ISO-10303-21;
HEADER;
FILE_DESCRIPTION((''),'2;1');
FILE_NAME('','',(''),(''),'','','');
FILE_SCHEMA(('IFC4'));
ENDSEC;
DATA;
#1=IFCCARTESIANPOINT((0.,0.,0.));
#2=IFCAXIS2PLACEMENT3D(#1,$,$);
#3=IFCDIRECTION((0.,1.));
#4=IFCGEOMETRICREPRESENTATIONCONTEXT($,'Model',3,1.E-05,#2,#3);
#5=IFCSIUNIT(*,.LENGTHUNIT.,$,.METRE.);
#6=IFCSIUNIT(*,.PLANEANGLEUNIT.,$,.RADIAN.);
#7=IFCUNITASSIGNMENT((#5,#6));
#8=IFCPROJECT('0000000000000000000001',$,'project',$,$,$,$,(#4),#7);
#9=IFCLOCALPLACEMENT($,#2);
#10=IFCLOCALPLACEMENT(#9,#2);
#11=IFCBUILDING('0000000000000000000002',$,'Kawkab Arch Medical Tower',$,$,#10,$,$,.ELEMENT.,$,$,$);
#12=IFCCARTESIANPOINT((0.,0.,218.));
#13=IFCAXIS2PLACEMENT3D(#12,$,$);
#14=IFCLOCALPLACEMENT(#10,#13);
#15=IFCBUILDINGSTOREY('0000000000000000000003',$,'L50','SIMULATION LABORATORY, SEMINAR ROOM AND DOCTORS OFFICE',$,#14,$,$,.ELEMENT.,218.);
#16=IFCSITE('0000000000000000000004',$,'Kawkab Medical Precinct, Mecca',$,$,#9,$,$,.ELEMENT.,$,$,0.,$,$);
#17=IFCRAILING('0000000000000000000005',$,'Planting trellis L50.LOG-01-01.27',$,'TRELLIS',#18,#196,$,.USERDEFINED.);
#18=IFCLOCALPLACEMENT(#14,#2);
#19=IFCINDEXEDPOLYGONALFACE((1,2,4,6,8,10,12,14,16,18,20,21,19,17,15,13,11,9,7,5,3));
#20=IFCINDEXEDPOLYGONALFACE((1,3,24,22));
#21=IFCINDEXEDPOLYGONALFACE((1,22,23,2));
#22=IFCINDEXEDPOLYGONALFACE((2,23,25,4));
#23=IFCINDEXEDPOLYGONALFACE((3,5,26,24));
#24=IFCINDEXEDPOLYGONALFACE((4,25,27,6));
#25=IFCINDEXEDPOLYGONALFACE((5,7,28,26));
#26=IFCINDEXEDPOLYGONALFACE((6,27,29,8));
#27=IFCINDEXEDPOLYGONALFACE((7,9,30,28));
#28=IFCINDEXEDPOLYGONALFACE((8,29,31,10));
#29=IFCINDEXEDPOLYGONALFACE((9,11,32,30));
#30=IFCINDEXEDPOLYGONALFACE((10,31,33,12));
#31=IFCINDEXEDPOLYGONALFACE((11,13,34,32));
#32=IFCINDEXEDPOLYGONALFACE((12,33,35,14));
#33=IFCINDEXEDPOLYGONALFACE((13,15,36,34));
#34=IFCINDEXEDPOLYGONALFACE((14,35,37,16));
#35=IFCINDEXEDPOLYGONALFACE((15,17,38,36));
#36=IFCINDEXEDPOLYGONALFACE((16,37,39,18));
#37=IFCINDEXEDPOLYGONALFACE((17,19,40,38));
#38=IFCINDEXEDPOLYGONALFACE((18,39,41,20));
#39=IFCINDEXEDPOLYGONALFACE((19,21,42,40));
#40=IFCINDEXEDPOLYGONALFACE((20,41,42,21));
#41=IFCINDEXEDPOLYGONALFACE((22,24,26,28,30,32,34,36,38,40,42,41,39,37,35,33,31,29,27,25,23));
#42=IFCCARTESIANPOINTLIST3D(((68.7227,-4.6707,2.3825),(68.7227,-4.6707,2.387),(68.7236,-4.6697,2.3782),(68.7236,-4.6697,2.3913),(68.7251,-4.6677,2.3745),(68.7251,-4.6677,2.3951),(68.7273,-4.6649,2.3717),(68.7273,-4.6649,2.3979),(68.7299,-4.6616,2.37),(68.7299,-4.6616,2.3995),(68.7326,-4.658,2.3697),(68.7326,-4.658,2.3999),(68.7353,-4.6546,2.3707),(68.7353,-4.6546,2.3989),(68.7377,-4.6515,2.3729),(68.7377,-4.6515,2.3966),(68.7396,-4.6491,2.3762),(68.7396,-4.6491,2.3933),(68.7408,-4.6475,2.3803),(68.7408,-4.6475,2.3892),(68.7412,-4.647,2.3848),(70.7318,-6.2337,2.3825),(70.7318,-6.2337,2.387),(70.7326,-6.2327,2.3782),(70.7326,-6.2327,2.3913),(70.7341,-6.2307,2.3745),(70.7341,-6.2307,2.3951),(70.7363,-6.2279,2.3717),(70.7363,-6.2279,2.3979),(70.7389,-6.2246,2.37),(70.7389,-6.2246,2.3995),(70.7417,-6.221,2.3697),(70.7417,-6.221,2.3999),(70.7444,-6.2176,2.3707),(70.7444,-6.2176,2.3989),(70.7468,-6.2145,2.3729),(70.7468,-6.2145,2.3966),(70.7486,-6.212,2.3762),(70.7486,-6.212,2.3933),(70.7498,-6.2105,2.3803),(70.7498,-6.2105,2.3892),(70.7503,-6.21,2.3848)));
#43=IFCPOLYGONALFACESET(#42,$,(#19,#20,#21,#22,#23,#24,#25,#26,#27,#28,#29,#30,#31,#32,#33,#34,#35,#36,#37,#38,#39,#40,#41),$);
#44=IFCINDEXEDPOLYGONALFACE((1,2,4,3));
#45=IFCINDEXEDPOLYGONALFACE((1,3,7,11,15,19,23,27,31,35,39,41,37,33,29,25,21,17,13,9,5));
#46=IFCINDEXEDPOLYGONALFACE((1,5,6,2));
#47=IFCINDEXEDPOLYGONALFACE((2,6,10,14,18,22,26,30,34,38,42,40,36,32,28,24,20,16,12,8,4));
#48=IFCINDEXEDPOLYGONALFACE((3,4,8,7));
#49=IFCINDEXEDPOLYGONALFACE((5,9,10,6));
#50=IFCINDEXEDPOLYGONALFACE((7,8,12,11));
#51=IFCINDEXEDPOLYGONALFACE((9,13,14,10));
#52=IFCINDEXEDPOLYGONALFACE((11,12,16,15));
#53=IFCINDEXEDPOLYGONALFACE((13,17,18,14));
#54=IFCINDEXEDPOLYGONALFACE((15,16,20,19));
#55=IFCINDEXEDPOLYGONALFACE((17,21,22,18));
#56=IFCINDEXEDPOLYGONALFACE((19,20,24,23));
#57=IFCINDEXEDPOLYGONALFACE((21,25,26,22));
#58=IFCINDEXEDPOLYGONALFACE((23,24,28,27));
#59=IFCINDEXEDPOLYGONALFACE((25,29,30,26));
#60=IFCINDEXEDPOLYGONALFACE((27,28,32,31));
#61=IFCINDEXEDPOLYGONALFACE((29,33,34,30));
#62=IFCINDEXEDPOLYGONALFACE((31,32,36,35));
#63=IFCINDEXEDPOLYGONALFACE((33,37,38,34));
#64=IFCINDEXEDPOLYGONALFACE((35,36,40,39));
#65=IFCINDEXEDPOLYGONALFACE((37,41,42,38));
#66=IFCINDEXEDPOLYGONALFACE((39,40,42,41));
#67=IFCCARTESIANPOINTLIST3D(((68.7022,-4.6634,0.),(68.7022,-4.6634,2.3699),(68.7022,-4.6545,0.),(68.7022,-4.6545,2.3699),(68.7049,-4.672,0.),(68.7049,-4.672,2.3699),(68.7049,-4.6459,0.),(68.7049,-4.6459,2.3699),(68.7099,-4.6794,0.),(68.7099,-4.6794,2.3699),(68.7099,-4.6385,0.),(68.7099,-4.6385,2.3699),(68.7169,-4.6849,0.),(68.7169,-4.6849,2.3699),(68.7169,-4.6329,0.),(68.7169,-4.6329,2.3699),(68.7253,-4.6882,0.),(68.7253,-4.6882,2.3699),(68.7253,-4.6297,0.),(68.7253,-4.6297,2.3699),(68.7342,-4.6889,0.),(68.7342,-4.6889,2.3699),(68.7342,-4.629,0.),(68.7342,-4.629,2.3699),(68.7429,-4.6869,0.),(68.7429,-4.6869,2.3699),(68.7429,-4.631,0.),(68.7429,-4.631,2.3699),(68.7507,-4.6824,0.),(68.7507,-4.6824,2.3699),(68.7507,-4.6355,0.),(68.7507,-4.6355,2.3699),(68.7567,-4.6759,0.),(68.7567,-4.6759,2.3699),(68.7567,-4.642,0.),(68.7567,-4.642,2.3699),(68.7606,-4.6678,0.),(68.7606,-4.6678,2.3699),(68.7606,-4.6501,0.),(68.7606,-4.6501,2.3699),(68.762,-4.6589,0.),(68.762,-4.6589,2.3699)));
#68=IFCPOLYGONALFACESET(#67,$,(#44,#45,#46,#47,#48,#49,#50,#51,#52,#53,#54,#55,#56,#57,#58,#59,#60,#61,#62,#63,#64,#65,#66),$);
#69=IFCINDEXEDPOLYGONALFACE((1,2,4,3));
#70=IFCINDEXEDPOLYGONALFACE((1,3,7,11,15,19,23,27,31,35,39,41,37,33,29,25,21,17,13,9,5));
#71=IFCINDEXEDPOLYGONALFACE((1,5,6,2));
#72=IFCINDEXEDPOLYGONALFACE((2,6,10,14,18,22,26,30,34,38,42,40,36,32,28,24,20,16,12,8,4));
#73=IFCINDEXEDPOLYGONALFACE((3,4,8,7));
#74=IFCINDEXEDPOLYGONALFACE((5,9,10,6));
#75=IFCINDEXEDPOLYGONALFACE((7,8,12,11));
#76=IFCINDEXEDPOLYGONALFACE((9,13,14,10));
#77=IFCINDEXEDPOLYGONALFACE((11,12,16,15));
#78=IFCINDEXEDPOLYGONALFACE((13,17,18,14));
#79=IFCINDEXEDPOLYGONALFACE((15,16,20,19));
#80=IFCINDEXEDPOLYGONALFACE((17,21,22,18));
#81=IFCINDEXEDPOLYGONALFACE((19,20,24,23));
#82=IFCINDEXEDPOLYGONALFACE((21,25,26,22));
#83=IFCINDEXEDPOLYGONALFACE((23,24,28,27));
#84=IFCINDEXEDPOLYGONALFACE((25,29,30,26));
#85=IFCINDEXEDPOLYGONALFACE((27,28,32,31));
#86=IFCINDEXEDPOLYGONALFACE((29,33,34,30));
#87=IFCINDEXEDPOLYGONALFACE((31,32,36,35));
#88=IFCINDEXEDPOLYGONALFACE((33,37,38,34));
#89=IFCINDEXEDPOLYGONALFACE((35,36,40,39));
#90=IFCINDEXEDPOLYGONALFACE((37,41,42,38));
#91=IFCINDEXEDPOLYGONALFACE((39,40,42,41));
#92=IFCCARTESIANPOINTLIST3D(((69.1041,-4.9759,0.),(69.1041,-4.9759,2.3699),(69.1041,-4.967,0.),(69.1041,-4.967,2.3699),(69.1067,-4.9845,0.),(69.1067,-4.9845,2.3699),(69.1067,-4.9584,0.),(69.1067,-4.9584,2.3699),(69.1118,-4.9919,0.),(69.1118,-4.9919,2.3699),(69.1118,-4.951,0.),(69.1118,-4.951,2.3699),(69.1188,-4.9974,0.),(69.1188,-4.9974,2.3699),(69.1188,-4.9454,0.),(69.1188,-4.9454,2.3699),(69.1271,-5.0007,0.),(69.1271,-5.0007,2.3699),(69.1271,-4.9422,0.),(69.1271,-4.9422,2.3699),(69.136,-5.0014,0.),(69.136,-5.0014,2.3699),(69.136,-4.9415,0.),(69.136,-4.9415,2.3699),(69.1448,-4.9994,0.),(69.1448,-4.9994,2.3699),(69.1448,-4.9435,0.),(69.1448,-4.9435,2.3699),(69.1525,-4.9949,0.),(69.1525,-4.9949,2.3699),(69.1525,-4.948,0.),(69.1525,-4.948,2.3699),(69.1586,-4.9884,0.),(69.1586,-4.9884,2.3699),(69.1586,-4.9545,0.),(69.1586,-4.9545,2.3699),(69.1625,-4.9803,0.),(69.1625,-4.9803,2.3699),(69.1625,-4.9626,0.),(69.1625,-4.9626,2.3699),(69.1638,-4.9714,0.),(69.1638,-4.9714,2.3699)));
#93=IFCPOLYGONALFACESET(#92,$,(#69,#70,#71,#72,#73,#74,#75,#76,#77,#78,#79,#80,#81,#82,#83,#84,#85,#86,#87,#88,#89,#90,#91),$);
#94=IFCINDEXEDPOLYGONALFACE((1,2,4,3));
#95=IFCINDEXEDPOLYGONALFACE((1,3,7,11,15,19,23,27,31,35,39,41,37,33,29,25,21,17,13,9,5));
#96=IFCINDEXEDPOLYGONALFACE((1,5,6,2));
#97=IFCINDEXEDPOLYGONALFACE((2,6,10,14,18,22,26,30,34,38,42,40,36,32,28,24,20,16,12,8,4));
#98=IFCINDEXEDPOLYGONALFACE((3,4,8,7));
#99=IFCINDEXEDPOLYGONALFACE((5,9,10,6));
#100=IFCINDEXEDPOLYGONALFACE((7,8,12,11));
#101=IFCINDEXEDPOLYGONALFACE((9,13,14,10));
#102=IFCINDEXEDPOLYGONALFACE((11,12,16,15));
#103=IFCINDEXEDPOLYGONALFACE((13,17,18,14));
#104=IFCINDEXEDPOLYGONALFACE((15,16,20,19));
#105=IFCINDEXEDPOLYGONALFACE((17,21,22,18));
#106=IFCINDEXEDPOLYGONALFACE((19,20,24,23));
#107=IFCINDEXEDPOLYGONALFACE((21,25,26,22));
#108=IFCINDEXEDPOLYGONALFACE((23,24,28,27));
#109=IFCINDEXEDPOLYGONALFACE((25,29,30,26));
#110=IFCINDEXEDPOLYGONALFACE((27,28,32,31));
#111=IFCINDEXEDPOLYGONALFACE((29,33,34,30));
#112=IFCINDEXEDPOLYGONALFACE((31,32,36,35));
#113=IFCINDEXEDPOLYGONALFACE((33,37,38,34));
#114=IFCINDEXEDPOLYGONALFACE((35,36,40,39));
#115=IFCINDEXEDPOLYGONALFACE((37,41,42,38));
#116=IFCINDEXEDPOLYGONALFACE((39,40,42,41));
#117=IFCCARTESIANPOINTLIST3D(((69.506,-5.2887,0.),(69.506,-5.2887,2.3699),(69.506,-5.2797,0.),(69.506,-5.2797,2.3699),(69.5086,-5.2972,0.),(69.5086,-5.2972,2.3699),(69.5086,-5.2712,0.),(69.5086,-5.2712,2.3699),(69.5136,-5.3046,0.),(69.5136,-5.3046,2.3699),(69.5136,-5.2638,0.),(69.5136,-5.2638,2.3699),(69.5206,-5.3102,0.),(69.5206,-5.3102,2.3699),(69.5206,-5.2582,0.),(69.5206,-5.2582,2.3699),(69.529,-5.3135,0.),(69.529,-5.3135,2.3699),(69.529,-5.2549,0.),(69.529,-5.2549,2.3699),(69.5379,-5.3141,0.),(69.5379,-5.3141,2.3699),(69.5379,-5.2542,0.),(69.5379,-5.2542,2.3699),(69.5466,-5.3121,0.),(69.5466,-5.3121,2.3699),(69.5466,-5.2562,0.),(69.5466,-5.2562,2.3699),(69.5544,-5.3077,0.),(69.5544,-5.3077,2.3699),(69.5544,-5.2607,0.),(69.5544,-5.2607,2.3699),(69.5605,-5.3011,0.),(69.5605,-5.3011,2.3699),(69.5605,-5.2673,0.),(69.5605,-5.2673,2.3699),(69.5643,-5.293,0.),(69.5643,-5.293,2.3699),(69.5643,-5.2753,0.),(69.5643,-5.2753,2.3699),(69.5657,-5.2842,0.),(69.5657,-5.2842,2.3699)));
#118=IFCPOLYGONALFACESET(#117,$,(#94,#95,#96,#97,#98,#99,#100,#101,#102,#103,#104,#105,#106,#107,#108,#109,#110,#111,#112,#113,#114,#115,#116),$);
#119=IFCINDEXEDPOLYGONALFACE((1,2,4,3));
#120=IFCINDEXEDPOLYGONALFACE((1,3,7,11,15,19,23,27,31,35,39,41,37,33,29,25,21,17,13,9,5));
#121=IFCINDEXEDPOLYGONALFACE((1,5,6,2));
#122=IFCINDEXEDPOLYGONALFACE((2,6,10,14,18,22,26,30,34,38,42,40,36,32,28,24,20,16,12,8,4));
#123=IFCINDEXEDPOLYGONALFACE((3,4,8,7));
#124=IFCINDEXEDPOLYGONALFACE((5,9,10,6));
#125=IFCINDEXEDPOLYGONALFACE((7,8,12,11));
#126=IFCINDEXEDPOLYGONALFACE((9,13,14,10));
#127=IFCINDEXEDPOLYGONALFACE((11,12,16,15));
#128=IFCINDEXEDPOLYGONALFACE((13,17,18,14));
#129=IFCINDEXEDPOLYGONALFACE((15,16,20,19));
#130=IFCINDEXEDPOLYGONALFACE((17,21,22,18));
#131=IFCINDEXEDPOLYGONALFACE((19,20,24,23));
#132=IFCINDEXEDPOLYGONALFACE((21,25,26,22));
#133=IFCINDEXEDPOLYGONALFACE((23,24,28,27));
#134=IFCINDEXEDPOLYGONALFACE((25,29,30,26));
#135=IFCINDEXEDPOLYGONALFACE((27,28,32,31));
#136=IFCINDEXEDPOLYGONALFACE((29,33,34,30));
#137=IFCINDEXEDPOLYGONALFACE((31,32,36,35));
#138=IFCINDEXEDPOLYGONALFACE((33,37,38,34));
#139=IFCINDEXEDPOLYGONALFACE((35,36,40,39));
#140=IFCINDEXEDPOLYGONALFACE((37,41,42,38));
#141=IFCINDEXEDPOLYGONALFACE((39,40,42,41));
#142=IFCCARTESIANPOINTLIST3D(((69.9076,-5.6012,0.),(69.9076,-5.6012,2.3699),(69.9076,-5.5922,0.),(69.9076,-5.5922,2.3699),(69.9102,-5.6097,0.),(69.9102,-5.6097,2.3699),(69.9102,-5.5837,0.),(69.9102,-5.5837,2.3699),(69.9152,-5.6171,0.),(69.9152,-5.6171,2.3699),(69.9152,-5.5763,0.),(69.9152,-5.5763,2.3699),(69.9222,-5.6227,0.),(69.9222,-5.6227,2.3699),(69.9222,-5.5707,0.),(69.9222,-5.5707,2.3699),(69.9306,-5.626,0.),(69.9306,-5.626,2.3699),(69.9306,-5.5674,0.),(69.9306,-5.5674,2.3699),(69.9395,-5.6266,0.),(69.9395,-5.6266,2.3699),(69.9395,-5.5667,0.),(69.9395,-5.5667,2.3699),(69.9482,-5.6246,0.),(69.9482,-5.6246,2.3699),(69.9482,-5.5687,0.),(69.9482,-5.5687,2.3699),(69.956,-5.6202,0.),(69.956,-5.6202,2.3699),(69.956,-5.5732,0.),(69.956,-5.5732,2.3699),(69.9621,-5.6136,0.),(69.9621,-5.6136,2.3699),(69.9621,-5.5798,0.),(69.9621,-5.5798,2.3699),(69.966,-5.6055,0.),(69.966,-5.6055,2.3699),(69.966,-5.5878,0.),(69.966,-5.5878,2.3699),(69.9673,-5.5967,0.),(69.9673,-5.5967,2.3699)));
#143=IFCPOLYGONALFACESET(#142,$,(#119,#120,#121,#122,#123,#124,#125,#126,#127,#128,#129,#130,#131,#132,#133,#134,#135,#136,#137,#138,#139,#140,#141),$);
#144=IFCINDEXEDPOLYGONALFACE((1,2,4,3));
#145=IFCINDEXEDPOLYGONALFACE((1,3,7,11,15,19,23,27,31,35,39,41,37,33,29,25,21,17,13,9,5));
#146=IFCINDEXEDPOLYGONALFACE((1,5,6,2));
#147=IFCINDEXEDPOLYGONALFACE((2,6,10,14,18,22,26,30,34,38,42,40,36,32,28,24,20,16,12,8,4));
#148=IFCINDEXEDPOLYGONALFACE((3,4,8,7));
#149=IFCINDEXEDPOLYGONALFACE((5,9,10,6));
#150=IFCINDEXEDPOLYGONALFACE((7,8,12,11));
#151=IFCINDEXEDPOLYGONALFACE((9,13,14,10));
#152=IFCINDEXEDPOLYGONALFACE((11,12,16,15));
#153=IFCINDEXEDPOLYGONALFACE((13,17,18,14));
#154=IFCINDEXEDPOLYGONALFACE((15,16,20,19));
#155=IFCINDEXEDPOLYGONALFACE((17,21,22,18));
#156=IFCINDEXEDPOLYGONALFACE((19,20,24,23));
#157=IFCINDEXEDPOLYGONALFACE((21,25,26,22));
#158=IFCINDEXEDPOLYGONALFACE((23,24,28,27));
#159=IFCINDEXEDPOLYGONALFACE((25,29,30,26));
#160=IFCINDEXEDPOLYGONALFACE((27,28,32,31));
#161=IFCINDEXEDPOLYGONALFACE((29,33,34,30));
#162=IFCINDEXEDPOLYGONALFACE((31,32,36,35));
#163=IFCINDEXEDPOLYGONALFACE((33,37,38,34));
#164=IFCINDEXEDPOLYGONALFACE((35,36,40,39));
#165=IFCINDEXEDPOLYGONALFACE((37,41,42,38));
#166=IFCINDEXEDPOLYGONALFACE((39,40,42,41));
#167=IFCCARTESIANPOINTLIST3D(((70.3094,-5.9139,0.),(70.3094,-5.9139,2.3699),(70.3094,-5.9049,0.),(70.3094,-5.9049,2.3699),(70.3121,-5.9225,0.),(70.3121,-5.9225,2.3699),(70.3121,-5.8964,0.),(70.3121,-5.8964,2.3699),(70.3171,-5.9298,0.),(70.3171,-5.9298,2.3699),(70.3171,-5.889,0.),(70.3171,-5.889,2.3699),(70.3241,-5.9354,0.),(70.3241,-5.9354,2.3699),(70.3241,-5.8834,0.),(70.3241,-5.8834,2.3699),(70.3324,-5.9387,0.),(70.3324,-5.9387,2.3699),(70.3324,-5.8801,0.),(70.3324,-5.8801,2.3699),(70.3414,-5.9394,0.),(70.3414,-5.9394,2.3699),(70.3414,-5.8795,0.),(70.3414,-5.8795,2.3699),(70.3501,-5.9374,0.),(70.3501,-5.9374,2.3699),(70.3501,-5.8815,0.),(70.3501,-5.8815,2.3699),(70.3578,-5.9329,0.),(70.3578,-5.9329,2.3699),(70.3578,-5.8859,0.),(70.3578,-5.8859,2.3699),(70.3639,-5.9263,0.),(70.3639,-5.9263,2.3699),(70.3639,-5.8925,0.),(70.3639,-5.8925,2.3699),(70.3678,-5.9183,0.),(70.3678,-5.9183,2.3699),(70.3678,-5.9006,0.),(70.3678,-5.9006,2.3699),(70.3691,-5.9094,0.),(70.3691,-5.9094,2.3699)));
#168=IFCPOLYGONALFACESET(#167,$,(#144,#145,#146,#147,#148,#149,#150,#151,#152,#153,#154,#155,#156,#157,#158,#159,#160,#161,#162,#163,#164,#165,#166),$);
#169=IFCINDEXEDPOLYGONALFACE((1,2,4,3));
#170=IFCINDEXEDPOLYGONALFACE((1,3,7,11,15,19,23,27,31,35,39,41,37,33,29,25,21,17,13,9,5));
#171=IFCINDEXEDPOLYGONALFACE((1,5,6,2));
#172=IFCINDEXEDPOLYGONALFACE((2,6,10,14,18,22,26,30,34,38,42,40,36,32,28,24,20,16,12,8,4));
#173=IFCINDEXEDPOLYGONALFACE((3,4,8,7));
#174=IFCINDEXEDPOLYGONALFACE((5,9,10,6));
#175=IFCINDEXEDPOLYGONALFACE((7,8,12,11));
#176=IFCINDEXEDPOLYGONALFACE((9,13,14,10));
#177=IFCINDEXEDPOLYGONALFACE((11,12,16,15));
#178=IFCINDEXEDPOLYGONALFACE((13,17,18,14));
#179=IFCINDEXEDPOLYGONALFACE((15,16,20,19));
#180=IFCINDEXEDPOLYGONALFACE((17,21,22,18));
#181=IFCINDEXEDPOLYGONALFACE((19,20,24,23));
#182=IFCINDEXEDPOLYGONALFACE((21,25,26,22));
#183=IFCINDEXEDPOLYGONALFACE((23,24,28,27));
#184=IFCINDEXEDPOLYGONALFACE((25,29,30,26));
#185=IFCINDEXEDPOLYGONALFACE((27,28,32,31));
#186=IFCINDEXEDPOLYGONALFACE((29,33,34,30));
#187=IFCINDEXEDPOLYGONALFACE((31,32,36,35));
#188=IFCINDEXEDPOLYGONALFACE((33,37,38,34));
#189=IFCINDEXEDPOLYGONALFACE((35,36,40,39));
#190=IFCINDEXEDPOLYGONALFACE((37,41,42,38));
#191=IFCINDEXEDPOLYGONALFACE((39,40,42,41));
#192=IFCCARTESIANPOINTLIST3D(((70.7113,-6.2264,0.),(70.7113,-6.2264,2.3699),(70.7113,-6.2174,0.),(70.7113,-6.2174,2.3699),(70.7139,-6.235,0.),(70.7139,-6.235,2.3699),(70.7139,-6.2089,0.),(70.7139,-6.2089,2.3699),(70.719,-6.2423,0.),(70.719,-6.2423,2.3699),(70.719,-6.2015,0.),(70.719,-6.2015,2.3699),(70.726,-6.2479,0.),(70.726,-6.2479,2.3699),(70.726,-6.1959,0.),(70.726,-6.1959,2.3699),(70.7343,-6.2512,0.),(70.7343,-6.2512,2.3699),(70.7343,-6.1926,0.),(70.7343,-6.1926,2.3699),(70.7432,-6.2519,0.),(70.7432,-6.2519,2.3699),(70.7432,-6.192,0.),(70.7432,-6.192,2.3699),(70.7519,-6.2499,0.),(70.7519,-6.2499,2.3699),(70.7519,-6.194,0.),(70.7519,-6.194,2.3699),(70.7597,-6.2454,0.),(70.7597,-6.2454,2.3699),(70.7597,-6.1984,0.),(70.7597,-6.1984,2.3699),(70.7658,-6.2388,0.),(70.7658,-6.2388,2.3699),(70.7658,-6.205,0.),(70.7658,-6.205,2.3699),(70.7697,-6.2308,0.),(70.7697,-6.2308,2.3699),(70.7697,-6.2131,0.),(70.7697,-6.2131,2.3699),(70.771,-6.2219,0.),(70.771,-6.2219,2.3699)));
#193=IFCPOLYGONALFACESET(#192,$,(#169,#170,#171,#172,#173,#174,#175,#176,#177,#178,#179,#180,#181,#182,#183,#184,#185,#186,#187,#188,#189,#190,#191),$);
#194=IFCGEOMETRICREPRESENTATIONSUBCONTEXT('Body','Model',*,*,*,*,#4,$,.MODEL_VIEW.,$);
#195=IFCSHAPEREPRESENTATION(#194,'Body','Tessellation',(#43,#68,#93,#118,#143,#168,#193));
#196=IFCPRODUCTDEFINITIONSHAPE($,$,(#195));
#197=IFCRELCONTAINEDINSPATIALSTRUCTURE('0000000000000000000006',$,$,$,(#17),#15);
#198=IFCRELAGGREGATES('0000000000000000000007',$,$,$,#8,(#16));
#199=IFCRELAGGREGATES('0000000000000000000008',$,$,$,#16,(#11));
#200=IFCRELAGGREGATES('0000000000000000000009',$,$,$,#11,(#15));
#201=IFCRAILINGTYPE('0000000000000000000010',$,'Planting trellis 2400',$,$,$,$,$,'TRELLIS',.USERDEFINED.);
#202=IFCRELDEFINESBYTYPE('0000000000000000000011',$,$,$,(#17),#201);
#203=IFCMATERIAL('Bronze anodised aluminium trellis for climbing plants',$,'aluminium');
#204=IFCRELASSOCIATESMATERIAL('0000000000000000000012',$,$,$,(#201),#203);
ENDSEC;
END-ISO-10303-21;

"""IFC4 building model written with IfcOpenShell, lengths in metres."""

from ifc_helpers import new_model, si_unit, direction, frame, origin, origin_2d, place, context, subcontext, project, spatial, circle, extrude, material, type_object, element, save


model = new_model("IFC4")

# Units and contexts
model_context = context("Model", 3, precision=1e-05, world=origin(), true_north=direction((0.0, 1.0)))
body_context = subcontext(model_context, "Body", "Model", "MODEL_VIEW")
ifc_project = project(units=[si_unit("LENGTHUNIT", "METRE"), si_unit("PLANEANGLEUNIT", "RADIAN")], contexts=[model_context])

# Site, building, storey
site_placement = place(None, origin())
site = spatial("IfcSite", under=ifc_project, at=site_placement, Name="Kawkab Medical Precinct, Mecca", CompositionType="ELEMENT", RefElevation=0.0)
building_placement = place(site_placement, origin())
building = spatial("IfcBuilding", under=site, at=building_placement, Name="Kawkab Arch Medical Tower", CompositionType="ELEMENT")
storey_placement = place(building_placement, frame((0.0, 0.0, 218.0)))
storey = spatial("IfcBuildingStorey", under=building, at=storey_placement, Name="L50", Description="SIMULATION LABORATORY, SEMINAR ROOM AND DOCTORS OFFICE", CompositionType="ELEMENT", Elevation=218.0)

# Railing
ifc_material_1 = material(Name="Bronze anodised aluminium trellis for climbing plants", Category="aluminium")
railing_type = type_object("IfcRailingType", Name="Planting trellis 2400", ElementType="TRELLIS", PredefinedType="USERDEFINED", material=ifc_material_1)
railing_1_placement = place(storey_placement, frame((68.7319, -4.6589, 0.0)))
element("IfcRailing", 1, at=railing_1_placement, inside=storey, type_object=railing_type, Name="Planting trellis L50.LOG-01-01.27", ObjectType="TRELLIS", PredefinedType="USERDEFINED", context=body_context, shape_type="SweptSolid", body=[
    extrude(circle(Radius=0.0151, at=origin_2d()), frame((0.0, 0.0, 2.3848), z_axis=(0.789275, -0.61404, 0.0), x_axis=(0.61404, 0.789275, 0.0)), (0.0, 0.0, 1.0), 2.5454),
    extrude(circle(Radius=0.03, at=origin_2d()), origin(), (0.0, 0.0, 1.0), 2.3699),
    extrude(circle(Radius=0.03, at=origin_2d()), frame((0.4019, -0.3125, 0.0)), (0.0, 0.0, 1.0), 2.3699),
    extrude(circle(Radius=0.03, at=origin_2d()), frame((0.8037, -0.6252, 0.0)), (0.0, 0.0, 1.0), 2.3699),
    extrude(circle(Radius=0.03, at=origin_2d()), frame((1.2053, -0.9377, 0.0)), (0.0, 0.0, 1.0), 2.3699),
    extrude(circle(Radius=0.03, at=origin_2d()), frame((1.6072, -1.2505, 0.0)), (0.0, 0.0, 1.0), 2.3699),
    extrude(circle(Radius=0.03, at=origin_2d()), frame((2.009, -1.563, 0.0)), (0.0, 0.0, 1.0), 2.3699),
])

save(model, "model.ifc")
